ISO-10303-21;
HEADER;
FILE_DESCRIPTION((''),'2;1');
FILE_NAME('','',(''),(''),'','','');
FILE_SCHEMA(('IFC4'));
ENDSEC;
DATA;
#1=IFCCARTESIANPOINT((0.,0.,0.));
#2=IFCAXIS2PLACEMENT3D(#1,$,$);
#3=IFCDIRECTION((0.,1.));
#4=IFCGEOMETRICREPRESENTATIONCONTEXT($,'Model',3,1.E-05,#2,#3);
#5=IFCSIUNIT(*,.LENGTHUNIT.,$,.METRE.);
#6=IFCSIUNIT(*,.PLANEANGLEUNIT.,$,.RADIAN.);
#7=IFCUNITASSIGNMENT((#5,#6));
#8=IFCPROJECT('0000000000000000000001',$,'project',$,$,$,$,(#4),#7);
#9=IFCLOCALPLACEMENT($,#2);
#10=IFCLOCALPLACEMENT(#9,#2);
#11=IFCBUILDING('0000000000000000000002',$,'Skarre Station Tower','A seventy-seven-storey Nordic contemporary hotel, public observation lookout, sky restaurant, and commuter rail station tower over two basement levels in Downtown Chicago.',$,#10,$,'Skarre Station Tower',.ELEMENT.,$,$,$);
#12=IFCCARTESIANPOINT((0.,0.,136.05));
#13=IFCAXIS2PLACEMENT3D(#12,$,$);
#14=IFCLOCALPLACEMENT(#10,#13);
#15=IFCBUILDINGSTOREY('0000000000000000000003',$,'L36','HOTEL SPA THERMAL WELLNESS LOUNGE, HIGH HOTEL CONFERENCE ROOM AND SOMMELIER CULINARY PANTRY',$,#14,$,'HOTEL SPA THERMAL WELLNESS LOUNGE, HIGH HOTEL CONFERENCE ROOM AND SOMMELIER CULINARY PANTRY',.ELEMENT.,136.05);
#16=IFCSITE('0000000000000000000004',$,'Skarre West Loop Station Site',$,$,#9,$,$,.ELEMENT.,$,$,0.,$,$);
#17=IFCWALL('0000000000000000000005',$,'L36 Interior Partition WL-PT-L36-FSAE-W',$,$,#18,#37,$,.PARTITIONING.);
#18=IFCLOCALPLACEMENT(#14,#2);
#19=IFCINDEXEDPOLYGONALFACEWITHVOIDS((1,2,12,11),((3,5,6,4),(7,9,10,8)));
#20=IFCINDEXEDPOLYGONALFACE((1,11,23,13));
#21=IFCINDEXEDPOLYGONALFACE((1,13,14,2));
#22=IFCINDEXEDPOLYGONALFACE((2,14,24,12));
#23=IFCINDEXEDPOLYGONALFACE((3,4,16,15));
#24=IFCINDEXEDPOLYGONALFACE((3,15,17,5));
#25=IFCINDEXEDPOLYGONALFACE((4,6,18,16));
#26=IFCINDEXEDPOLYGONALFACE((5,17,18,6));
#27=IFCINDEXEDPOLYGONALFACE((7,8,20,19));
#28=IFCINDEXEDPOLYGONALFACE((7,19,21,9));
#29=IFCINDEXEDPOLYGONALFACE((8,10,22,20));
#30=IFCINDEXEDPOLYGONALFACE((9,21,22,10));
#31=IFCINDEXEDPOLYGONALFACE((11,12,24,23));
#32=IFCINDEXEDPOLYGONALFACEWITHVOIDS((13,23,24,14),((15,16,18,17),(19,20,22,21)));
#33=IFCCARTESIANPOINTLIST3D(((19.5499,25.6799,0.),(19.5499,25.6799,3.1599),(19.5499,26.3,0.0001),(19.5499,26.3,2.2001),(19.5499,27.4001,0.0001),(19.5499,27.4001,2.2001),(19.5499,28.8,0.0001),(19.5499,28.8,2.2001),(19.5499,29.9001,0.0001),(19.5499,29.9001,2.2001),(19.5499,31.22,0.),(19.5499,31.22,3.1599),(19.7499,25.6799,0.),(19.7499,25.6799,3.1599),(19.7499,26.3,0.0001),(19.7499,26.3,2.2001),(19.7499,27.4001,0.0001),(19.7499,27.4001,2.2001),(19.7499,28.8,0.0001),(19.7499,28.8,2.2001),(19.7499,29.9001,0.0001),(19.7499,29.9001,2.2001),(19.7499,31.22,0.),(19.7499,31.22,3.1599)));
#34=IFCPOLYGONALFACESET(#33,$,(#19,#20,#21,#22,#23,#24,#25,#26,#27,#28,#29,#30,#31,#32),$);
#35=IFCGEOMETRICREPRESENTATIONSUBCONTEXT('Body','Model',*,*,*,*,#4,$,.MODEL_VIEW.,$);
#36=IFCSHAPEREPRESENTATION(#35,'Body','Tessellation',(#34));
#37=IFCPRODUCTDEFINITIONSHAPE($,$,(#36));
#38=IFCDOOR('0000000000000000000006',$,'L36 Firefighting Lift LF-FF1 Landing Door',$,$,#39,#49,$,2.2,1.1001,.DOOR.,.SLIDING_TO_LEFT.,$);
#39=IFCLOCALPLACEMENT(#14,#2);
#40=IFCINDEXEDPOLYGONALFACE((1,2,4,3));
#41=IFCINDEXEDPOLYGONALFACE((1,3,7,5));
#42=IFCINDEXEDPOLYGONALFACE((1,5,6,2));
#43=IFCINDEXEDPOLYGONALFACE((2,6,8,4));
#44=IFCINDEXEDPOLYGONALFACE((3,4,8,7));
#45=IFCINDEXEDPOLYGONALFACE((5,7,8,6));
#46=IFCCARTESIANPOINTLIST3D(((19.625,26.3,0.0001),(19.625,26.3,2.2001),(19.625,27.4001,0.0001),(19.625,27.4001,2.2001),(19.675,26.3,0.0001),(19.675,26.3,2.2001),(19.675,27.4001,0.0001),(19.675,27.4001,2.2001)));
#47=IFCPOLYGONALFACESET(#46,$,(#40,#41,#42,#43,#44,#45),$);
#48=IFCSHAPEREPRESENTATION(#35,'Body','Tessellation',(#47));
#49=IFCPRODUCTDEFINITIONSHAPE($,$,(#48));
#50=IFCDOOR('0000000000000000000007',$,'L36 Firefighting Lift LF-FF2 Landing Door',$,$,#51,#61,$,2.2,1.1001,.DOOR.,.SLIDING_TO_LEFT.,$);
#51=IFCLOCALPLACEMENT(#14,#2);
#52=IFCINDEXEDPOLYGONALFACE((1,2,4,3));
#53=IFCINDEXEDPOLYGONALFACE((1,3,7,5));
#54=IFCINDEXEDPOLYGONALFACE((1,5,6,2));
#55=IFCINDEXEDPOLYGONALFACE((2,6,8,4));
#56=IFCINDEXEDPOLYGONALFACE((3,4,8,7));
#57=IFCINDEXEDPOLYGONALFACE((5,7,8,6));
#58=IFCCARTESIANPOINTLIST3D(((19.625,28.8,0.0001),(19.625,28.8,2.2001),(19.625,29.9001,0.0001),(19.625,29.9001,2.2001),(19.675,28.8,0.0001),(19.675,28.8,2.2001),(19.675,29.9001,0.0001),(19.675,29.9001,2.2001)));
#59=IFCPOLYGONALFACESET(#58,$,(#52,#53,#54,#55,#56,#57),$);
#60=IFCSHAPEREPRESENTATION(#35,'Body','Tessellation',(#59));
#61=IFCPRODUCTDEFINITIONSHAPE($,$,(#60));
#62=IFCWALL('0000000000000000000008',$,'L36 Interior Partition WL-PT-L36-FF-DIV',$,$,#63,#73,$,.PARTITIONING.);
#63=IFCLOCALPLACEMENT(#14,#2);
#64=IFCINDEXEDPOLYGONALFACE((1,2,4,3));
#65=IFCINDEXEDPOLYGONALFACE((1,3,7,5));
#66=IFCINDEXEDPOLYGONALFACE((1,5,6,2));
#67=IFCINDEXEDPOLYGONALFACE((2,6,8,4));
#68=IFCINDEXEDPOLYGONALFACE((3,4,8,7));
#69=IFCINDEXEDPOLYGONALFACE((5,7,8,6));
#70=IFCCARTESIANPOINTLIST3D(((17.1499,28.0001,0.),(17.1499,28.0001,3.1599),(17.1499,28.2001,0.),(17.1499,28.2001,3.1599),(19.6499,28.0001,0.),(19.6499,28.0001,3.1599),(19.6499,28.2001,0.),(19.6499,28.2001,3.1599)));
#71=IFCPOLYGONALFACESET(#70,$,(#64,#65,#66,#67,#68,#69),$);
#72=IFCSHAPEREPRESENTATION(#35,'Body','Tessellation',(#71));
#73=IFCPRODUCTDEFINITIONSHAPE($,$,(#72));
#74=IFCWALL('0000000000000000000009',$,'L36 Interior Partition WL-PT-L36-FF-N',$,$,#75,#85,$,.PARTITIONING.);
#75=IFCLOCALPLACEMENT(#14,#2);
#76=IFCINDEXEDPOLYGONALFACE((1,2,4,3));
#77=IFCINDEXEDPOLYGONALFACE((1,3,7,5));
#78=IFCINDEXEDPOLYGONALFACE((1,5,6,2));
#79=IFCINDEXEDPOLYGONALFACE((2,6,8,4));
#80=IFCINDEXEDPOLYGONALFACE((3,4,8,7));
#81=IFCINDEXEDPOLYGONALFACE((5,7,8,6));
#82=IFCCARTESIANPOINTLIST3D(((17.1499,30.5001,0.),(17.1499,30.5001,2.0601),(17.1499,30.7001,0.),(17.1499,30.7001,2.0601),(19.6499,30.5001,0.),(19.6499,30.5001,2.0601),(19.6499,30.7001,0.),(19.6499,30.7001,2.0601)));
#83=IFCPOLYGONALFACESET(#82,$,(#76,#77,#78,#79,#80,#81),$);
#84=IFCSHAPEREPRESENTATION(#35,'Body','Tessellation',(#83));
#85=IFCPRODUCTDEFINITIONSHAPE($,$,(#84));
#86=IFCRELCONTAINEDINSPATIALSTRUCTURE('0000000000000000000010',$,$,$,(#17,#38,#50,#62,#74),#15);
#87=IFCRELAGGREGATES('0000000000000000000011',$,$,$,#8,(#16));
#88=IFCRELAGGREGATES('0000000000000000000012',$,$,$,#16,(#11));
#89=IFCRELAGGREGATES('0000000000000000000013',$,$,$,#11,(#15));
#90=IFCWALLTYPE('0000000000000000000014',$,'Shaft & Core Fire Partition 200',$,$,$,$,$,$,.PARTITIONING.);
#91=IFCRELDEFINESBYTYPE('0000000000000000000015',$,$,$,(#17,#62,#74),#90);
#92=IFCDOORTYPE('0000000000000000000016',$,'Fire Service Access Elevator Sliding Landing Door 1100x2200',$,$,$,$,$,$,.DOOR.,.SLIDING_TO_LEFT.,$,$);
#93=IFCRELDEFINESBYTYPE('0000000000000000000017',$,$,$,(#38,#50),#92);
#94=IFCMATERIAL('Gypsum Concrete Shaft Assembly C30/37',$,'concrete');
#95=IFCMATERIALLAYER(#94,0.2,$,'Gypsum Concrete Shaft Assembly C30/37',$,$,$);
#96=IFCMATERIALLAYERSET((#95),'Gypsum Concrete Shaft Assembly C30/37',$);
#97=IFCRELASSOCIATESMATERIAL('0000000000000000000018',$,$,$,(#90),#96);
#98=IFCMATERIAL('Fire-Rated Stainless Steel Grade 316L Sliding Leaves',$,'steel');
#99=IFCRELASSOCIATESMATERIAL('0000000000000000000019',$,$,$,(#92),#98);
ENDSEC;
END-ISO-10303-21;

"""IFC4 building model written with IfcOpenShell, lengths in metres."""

from ifc_helpers import new_model, si_unit, direction, frame, frame_2d, origin, place, context, subcontext, project, spatial, rectangle, extrude, material, layer, layer_set, type_object, element, fill, save


model = new_model("IFC4")

# Units and contexts
model_context = context("Model", 3, precision=1e-05, world=origin(), true_north=direction((0.0, 1.0)))
body_context = subcontext(model_context, "Body", "Model", "MODEL_VIEW")
ifc_project = project(units=[si_unit("LENGTHUNIT", "METRE"), si_unit("PLANEANGLEUNIT", "RADIAN")], contexts=[model_context])

# Site, building, storey
site_placement = place(None, origin())
site = spatial("IfcSite", under=ifc_project, at=site_placement, Name="Skarre West Loop Station Site", CompositionType="ELEMENT", RefElevation=0.0)
building_placement = place(site_placement, origin())
building = spatial("IfcBuilding", under=site, at=building_placement, Name="Skarre Station Tower", Description="A seventy-seven-storey Nordic contemporary hotel, public observation lookout, sky restaurant, and commuter rail station tower over two basement levels in Downtown Chicago.", LongName="Skarre Station Tower", CompositionType="ELEMENT")
storey_placement = place(building_placement, frame((0.0, 0.0, 136.05)))
storey = spatial("IfcBuildingStorey", under=building, at=storey_placement, Name="L36", Description="HOTEL SPA THERMAL WELLNESS LOUNGE, HIGH HOTEL CONFERENCE ROOM AND SOMMELIER CULINARY PANTRY", LongName="HOTEL SPA THERMAL WELLNESS LOUNGE, HIGH HOTEL CONFERENCE ROOM AND SOMMELIER CULINARY PANTRY", CompositionType="ELEMENT", Elevation=136.05)

# Wall, openings, doors
ifc_material_1 = material(Name="Gypsum Concrete Shaft Assembly C30/37", Category="concrete")
ifc_layer_1 = layer(ifc_material_1, 0.2, Name="Gypsum Concrete Shaft Assembly C30/37")
ifc_layer_set_1 = layer_set([ifc_layer_1], Name="Gypsum Concrete Shaft Assembly C30/37")
wall_type_1 = type_object("IfcWallType", Name="Shaft & Core Fire Partition 200", PredefinedType="PARTITIONING", material=ifc_layer_set_1)
wall_1_placement = place(storey_placement, frame((19.6499, 25.6799, 0.0), z_axis=(0.0, 0.0, 1.0), x_axis=(0.0, 1.0, 0.0)))
wall_1 = element("IfcWall", 1, at=wall_1_placement, inside=storey, type_object=wall_type_1, Name="L36 Interior Partition WL-PT-L36-FSAE-W", PredefinedType="PARTITIONING", context=body_context, shape_type="SweptSolid", body=[
    extrude(rectangle(XDim=5.54, YDim=0.2, at=frame_2d((2.77, 0.0))), origin(), (0.0, 0.0, 1.0), 3.1599),
])
opening_1_placement = place(wall_1_placement, frame((0.6201, 0.0, 0.0)))
opening_1 = element("IfcOpeningElement", 2, at=opening_1_placement, cuts=wall_1, PredefinedType="OPENING", context=body_context, shape_type="SweptSolid", body=[
    extrude(rectangle(XDim=1.1001, YDim=2.2, at=frame_2d((0.55, 1.1001))), frame((0.0, 0.1099, 0.0), z_axis=(0.0, -1.0, 0.0), x_axis=(1.0, 0.0, 0.0)), (0.0, 0.0, 1.0), 0.22),
])
opening_2_placement = place(wall_1_placement, frame((3.1201, 0.0, 0.0)))
opening_2 = element("IfcOpeningElement", 3, at=opening_2_placement, cuts=wall_1, PredefinedType="OPENING", context=body_context, shape_type="SweptSolid", body=[
    extrude(rectangle(XDim=1.1001, YDim=2.2, at=frame_2d((0.55, 1.1001))), frame((0.0, 0.1099, 0.0), z_axis=(0.0, -1.0, 0.0), x_axis=(1.0, 0.0, 0.0)), (0.0, 0.0, 1.0), 0.22),
])
ifc_material_2 = material(Name="Fire-Rated Stainless Steel Grade 316L Sliding Leaves", Category="steel")
door_type = type_object("IfcDoorType", Name="Fire Service Access Elevator Sliding Landing Door 1100x2200", OperationType="SLIDING_TO_LEFT", PredefinedType="DOOR", material=ifc_material_2)
door_1_placement = place(opening_1_placement, origin())
door_1 = element("IfcDoor", 4, at=door_1_placement, inside=storey, type_object=door_type, Name="L36 Firefighting Lift LF-FF1 Landing Door", OperationType="SLIDING_TO_LEFT", OverallHeight=2.2, OverallWidth=1.1001, PredefinedType="DOOR", context=body_context, shape_type="SweptSolid", body=[
    extrude(rectangle(XDim=1.1001, YDim=2.2, at=frame_2d((0.55, 1.1001))), frame((0.0, 0.0249, 0.0), z_axis=(0.0, -1.0, 0.0), x_axis=(1.0, 0.0, 0.0)), (0.0, 0.0, 1.0), 0.05),
])
fill(opening_1, door_1)
door_2_placement = place(opening_2_placement, origin())
door_2 = element("IfcDoor", 5, at=door_2_placement, inside=storey, type_object=door_type, Name="L36 Firefighting Lift LF-FF2 Landing Door", OperationType="SLIDING_TO_LEFT", OverallHeight=2.2, OverallWidth=1.1001, PredefinedType="DOOR", context=body_context, shape_type="SweptSolid", body=[
    extrude(rectangle(XDim=1.1001, YDim=2.2, at=frame_2d((0.55, 1.1001))), frame((0.0, 0.0249, 0.0), z_axis=(0.0, -1.0, 0.0), x_axis=(1.0, 0.0, 0.0)), (0.0, 0.0, 1.0), 0.05),
])
fill(opening_2, door_2)

# Walls
wall_2_placement = place(storey_placement, frame((17.1499, 28.1001, 0.0), z_axis=(0.0, 0.0, 1.0), x_axis=(1.0, 0.0, 0.0)))
element("IfcWall", 6, at=wall_2_placement, inside=storey, type_object=wall_type_1, Name="L36 Interior Partition WL-PT-L36-FF-DIV", PredefinedType="PARTITIONING", context=body_context, shape_type="SweptSolid", body=[
    extrude(rectangle(XDim=2.5, YDim=0.2, at=frame_2d((1.25, 0.0))), origin(), (0.0, 0.0, 1.0), 3.1599),
])
wall_3_placement = place(storey_placement, frame((19.6499, 30.6001, 0.0), z_axis=(0.0, 0.0, 1.0), x_axis=(-1.0, 0.0, 0.0)))
element("IfcWall", 7, at=wall_3_placement, inside=storey, type_object=wall_type_1, Name="L36 Interior Partition WL-PT-L36-FF-N", PredefinedType="PARTITIONING", context=body_context, shape_type="SweptSolid", body=[
    extrude(rectangle(XDim=2.5, YDim=0.2, at=frame_2d((1.25, 0.0))), origin(), (0.0, 0.0, 1.0), 2.0601),
])

save(model, "model.ifc")
